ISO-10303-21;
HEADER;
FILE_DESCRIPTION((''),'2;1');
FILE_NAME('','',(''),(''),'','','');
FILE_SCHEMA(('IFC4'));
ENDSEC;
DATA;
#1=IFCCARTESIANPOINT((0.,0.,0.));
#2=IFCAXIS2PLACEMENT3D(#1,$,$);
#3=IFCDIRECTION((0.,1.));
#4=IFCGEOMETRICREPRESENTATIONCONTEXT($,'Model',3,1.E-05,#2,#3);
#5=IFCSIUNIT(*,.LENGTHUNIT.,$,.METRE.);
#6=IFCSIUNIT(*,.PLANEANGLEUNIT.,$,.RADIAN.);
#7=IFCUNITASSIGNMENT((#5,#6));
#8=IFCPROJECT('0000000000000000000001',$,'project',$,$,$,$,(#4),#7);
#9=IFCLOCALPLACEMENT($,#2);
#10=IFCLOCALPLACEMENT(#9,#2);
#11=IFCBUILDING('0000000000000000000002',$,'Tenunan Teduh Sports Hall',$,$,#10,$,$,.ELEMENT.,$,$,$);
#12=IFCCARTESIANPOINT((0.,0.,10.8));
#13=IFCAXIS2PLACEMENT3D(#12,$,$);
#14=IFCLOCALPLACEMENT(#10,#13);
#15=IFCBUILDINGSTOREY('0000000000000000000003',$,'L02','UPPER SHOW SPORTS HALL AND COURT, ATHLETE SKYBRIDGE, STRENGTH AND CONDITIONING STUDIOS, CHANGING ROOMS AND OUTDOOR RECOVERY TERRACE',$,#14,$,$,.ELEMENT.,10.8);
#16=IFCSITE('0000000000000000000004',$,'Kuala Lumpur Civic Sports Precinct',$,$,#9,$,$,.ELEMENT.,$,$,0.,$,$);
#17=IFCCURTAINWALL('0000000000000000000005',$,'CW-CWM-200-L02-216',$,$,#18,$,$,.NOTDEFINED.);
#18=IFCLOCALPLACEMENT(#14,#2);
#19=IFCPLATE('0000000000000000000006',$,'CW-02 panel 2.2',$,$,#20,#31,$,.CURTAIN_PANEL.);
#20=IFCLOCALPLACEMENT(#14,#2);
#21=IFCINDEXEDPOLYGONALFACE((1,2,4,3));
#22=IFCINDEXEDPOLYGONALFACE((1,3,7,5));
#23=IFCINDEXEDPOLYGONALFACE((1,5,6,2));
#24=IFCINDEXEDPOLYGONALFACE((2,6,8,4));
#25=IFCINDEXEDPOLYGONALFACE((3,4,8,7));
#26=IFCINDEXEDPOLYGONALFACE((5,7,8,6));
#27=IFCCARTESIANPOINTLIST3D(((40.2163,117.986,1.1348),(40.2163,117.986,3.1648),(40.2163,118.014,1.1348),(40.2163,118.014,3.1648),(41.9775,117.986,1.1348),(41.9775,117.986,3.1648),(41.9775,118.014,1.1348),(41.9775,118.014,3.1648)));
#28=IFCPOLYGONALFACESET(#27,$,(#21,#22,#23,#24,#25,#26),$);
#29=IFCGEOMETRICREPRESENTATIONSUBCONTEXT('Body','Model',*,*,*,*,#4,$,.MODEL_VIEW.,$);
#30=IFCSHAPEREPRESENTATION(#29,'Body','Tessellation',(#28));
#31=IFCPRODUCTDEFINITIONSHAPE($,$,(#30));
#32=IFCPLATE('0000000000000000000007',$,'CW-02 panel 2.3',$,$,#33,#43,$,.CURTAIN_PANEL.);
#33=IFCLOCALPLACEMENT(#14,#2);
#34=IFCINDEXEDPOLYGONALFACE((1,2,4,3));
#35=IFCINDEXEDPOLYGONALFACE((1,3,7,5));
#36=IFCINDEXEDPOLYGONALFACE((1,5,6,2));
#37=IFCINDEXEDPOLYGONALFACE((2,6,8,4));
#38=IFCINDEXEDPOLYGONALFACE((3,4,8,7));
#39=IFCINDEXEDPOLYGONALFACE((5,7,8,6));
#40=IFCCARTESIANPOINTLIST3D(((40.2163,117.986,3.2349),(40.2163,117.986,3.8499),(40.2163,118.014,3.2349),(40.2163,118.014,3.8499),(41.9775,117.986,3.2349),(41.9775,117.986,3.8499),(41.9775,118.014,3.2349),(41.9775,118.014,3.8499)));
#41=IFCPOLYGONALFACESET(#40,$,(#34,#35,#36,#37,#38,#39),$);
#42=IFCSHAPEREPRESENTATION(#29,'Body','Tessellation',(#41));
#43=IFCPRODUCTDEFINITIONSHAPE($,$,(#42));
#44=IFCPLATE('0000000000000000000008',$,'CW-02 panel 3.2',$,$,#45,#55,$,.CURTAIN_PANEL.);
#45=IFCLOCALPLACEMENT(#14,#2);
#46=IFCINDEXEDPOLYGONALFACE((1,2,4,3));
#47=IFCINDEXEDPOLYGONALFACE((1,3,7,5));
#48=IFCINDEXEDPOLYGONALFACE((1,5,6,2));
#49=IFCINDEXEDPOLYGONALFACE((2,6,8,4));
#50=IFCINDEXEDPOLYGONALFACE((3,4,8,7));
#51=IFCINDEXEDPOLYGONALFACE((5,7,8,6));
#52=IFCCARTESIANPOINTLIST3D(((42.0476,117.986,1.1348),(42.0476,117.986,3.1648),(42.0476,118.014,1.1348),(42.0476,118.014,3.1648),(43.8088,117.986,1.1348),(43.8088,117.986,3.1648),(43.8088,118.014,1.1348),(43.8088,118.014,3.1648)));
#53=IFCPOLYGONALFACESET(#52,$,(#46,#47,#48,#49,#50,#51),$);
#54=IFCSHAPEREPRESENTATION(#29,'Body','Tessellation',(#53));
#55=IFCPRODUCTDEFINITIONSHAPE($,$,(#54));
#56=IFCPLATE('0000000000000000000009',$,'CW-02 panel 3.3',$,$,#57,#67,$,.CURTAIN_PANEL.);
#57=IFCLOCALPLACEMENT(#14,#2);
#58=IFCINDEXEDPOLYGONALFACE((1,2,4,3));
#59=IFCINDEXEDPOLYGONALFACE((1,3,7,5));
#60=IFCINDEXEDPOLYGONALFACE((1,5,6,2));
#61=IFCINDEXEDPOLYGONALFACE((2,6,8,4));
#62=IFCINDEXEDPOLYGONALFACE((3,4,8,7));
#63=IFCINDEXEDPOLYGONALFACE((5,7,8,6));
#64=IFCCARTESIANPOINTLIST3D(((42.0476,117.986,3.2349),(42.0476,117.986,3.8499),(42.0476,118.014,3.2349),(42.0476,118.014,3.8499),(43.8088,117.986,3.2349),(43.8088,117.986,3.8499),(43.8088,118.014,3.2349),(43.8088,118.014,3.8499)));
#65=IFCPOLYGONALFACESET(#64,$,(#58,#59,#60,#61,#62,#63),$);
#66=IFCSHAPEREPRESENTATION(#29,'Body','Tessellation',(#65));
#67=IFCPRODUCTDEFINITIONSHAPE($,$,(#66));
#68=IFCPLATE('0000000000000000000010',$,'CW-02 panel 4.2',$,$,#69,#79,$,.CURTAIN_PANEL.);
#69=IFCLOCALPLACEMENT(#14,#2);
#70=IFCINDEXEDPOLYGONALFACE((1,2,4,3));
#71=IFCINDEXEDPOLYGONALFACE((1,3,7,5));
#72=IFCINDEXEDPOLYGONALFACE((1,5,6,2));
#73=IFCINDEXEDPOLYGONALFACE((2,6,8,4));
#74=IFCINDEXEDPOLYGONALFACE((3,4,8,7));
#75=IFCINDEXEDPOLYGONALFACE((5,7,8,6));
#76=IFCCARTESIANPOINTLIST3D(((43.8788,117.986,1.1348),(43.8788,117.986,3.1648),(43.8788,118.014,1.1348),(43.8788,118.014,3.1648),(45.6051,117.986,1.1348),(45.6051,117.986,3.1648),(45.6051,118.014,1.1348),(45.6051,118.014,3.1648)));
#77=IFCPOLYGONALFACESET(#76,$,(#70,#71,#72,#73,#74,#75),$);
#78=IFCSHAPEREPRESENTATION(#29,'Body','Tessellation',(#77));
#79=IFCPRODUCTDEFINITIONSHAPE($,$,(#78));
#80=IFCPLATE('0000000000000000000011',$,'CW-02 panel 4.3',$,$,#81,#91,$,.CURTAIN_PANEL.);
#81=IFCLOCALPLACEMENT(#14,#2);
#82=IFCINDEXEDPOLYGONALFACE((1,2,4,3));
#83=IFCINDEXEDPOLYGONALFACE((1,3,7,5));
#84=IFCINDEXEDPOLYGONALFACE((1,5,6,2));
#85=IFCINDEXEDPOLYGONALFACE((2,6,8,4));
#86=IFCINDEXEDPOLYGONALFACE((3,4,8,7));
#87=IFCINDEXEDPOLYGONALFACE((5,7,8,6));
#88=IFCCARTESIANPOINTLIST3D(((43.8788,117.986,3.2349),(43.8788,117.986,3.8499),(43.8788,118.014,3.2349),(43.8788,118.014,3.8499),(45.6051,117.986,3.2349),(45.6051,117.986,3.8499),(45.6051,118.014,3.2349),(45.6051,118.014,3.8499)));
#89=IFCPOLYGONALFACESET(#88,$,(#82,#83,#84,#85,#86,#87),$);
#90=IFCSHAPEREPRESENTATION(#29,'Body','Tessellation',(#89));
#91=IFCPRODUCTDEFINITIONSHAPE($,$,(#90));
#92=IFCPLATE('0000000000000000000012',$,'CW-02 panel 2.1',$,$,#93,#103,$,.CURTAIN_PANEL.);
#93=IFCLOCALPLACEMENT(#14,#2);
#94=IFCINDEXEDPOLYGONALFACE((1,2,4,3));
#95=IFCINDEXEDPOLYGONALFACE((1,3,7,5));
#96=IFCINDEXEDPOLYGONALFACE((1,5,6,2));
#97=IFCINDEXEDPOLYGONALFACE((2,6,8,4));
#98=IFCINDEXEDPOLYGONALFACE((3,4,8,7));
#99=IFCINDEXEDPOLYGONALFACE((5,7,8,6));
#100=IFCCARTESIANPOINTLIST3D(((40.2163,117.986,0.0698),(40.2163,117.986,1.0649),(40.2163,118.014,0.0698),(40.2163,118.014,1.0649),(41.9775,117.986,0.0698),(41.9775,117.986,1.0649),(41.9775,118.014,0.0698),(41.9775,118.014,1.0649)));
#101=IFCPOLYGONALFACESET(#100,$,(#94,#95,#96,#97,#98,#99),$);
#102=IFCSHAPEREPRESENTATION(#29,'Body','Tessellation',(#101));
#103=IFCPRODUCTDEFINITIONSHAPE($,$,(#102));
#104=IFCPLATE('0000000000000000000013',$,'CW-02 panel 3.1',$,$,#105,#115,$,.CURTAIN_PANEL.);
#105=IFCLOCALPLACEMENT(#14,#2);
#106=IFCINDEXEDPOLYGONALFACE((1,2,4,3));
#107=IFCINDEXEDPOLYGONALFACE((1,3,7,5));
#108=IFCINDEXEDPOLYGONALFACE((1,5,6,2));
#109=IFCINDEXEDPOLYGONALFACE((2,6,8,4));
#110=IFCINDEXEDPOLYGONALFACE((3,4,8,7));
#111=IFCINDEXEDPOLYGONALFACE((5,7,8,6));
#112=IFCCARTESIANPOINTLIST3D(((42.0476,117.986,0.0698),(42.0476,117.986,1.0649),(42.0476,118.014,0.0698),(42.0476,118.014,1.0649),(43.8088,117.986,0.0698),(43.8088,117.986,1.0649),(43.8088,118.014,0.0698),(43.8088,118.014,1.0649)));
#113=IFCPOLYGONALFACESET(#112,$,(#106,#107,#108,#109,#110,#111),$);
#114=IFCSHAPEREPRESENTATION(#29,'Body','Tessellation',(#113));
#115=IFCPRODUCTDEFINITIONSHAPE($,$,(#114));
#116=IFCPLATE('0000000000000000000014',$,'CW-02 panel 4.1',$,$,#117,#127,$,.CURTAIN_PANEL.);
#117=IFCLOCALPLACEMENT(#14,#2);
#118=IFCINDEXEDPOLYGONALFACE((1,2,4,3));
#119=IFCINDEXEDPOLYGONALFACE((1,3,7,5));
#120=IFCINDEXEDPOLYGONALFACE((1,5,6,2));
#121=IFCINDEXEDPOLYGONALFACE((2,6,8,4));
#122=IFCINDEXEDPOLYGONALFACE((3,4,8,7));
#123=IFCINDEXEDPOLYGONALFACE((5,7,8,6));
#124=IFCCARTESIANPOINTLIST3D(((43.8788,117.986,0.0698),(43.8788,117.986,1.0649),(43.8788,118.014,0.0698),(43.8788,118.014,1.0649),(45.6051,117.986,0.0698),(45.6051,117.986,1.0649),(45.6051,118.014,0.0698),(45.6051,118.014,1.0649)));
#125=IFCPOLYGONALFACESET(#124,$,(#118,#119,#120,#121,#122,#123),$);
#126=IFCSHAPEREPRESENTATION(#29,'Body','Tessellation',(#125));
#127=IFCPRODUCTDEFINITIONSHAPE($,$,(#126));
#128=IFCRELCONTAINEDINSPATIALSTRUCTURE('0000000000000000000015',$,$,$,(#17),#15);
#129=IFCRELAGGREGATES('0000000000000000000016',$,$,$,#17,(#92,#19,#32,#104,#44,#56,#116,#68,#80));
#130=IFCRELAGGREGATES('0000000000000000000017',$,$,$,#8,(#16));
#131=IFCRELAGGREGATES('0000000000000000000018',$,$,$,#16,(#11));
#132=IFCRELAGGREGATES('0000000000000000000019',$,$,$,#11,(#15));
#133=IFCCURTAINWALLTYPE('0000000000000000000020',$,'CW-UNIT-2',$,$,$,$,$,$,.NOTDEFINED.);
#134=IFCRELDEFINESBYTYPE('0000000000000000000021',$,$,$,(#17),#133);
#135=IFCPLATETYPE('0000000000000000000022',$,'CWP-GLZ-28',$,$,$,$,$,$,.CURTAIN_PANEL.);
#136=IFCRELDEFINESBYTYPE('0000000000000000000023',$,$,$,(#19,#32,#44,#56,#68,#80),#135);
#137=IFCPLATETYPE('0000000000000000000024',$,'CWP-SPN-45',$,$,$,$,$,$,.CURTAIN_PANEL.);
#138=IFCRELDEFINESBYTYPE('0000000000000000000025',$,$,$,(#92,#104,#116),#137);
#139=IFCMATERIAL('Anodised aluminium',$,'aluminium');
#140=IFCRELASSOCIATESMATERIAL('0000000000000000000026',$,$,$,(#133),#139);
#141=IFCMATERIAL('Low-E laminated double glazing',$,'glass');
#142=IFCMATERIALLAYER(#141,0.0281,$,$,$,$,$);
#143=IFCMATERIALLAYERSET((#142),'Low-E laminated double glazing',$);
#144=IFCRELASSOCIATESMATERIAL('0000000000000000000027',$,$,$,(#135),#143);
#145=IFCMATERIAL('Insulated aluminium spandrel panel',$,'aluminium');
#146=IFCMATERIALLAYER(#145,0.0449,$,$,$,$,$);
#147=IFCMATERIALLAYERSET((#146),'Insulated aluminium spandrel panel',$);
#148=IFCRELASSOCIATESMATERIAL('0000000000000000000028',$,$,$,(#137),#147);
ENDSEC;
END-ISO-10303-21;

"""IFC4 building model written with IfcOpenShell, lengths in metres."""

from ifc_helpers import new_model, si_unit, direction, frame, origin, origin_2d, place, context, subcontext, project, spatial, rectangle, extrude, material, layer, layer_set, type_object, element, aggregate, save


model = new_model("IFC4")

# Units and contexts
model_context = context("Model", 3, precision=1e-05, world=origin(), true_north=direction((0.0, 1.0)))
body_context = subcontext(model_context, "Body", "Model", "MODEL_VIEW")
ifc_project = project(units=[si_unit("LENGTHUNIT", "METRE"), si_unit("PLANEANGLEUNIT", "RADIAN")], contexts=[model_context])

# Site, building, storey
site_placement = place(None, origin())
site = spatial("IfcSite", under=ifc_project, at=site_placement, Name="Kuala Lumpur Civic Sports Precinct", CompositionType="ELEMENT", RefElevation=0.0)
building_placement = place(site_placement, origin())
building = spatial("IfcBuilding", under=site, at=building_placement, Name="Tenunan Teduh Sports Hall", CompositionType="ELEMENT")
storey_placement = place(building_placement, frame((0.0, 0.0, 10.8)))
storey = spatial("IfcBuildingStorey", under=building, at=storey_placement, Name="L02", Description="UPPER SHOW SPORTS HALL AND COURT, ATHLETE SKYBRIDGE, STRENGTH AND CONDITIONING STUDIOS, CHANGING ROOMS AND OUTDOOR RECOVERY TERRACE", CompositionType="ELEMENT", Elevation=10.8)

# Curtain wall, plates
ifc_material_1 = material(Name="Anodised aluminium", Category="aluminium")
curtain_wall_type = type_object("IfcCurtainWallType", Name="CW-UNIT-2", PredefinedType="NOTDEFINED", material=ifc_material_1)
curtain_wall_placement = place(storey_placement, origin())
curtain_wall = element("IfcCurtainWall", 1, at=curtain_wall_placement, inside=storey, type_object=curtain_wall_type, Name="CW-CWM-200-L02-216", PredefinedType="NOTDEFINED")
ifc_material_2 = material(Name="Low-E laminated double glazing", Category="glass")
ifc_layer_1 = layer(ifc_material_2, 0.0281)
ifc_layer_set_1 = layer_set([ifc_layer_1], Name="Low-E laminated double glazing")
plate_type_1 = type_object("IfcPlateType", Name="CWP-GLZ-28", PredefinedType="CURTAIN_PANEL", material=ifc_layer_set_1)
plate_1_placement = place(storey_placement, frame((41.0969, 118.0, 1.1348), z_axis=(0.0, 0.0, 1.0), x_axis=(1.0, 0.0, 0.0)))
plate_1 = element("IfcPlate", 2, at=plate_1_placement, type_object=plate_type_1, Name="CW-02 panel 2.2", PredefinedType="CURTAIN_PANEL", context=body_context, shape_type="SweptSolid", body=[
    extrude(rectangle(XDim=1.7612, YDim=0.0281, at=origin_2d()), origin(), (0.0, 0.0, 1.0), 2.03),
])
plate_2_placement = place(storey_placement, frame((41.0969, 118.0, 3.2349), z_axis=(0.0, 0.0, 1.0), x_axis=(1.0, 0.0, 0.0)))
plate_2 = element("IfcPlate", 3, at=plate_2_placement, type_object=plate_type_1, Name="CW-02 panel 2.3", PredefinedType="CURTAIN_PANEL", context=body_context, shape_type="SweptSolid", body=[
    extrude(rectangle(XDim=1.7612, YDim=0.0281, at=origin_2d()), origin(), (0.0, 0.0, 1.0), 0.615),
])
plate_3_placement = place(storey_placement, frame((42.9282, 118.0, 1.1348), z_axis=(0.0, 0.0, 1.0), x_axis=(1.0, 0.0, 0.0)))
plate_3 = element("IfcPlate", 4, at=plate_3_placement, type_object=plate_type_1, Name="CW-02 panel 3.2", PredefinedType="CURTAIN_PANEL", context=body_context, shape_type="SweptSolid", body=[
    extrude(rectangle(XDim=1.7612, YDim=0.0281, at=origin_2d()), origin(), (0.0, 0.0, 1.0), 2.03),
])
plate_4_placement = place(storey_placement, frame((42.9282, 118.0, 3.2349), z_axis=(0.0, 0.0, 1.0), x_axis=(1.0, 0.0, 0.0)))
plate_4 = element("IfcPlate", 5, at=plate_4_placement, type_object=plate_type_1, Name="CW-02 panel 3.3", PredefinedType="CURTAIN_PANEL", context=body_context, shape_type="SweptSolid", body=[
    extrude(rectangle(XDim=1.7612, YDim=0.0281, at=origin_2d()), origin(), (0.0, 0.0, 1.0), 0.615),
])
plate_5_placement = place(storey_placement, frame((44.7419, 118.0, 1.1348), z_axis=(0.0, 0.0, 1.0), x_axis=(1.0, 0.0, 0.0)))
plate_5 = element("IfcPlate", 6, at=plate_5_placement, type_object=plate_type_1, Name="CW-02 panel 4.2", PredefinedType="CURTAIN_PANEL", context=body_context, shape_type="SweptSolid", body=[
    extrude(rectangle(XDim=1.7263, YDim=0.0281, at=origin_2d()), origin(), (0.0, 0.0, 1.0), 2.03),
])
plate_6_placement = place(storey_placement, frame((44.7419, 118.0, 3.2349), z_axis=(0.0, 0.0, 1.0), x_axis=(1.0, 0.0, 0.0)))
plate_6 = element("IfcPlate", 7, at=plate_6_placement, type_object=plate_type_1, Name="CW-02 panel 4.3", PredefinedType="CURTAIN_PANEL", context=body_context, shape_type="SweptSolid", body=[
    extrude(rectangle(XDim=1.7263, YDim=0.0281, at=origin_2d()), origin(), (0.0, 0.0, 1.0), 0.615),
])
ifc_material_3 = material(Name="Insulated aluminium spandrel panel", Category="aluminium")
ifc_layer_2 = layer(ifc_material_3, 0.0449)
ifc_layer_set_2 = layer_set([ifc_layer_2], Name="Insulated aluminium spandrel panel")
plate_type_2 = type_object("IfcPlateType", Name="CWP-SPN-45", PredefinedType="CURTAIN_PANEL", material=ifc_layer_set_2)
plate_7_placement = place(storey_placement, frame((41.0969, 118.0, 0.0698), z_axis=(0.0, 0.0, 1.0), x_axis=(1.0, 0.0, 0.0)))
plate_7 = element("IfcPlate", 8, at=plate_7_placement, type_object=plate_type_2, Name="CW-02 panel 2.1", PredefinedType="CURTAIN_PANEL", context=body_context, shape_type="SweptSolid", body=[
    extrude(rectangle(XDim=1.7612, YDim=0.0281, at=origin_2d()), origin(), (0.0, 0.0, 1.0), 0.9951),
])
plate_8_placement = place(storey_placement, frame((42.9282, 118.0, 0.0698), z_axis=(0.0, 0.0, 1.0), x_axis=(1.0, 0.0, 0.0)))
plate_8 = element("IfcPlate", 9, at=plate_8_placement, type_object=plate_type_2, Name="CW-02 panel 3.1", PredefinedType="CURTAIN_PANEL", context=body_context, shape_type="SweptSolid", body=[
    extrude(rectangle(XDim=1.7612, YDim=0.0281, at=origin_2d()), origin(), (0.0, 0.0, 1.0), 0.9951),
])
plate_9_placement = place(storey_placement, frame((44.7419, 118.0, 0.0698), z_axis=(0.0, 0.0, 1.0), x_axis=(1.0, 0.0, 0.0)))
plate_9 = element("IfcPlate", 10, at=plate_9_placement, type_object=plate_type_2, Name="CW-02 panel 4.1", PredefinedType="CURTAIN_PANEL", context=body_context, shape_type="SweptSolid", body=[
    extrude(rectangle(XDim=1.7263, YDim=0.0281, at=origin_2d()), origin(), (0.0, 0.0, 1.0), 0.9951),
])
aggregate(curtain_wall, [plate_7, plate_1, plate_2, plate_8, plate_3, plate_4, plate_9, plate_5, plate_6])

save(model, "model.ifc")
